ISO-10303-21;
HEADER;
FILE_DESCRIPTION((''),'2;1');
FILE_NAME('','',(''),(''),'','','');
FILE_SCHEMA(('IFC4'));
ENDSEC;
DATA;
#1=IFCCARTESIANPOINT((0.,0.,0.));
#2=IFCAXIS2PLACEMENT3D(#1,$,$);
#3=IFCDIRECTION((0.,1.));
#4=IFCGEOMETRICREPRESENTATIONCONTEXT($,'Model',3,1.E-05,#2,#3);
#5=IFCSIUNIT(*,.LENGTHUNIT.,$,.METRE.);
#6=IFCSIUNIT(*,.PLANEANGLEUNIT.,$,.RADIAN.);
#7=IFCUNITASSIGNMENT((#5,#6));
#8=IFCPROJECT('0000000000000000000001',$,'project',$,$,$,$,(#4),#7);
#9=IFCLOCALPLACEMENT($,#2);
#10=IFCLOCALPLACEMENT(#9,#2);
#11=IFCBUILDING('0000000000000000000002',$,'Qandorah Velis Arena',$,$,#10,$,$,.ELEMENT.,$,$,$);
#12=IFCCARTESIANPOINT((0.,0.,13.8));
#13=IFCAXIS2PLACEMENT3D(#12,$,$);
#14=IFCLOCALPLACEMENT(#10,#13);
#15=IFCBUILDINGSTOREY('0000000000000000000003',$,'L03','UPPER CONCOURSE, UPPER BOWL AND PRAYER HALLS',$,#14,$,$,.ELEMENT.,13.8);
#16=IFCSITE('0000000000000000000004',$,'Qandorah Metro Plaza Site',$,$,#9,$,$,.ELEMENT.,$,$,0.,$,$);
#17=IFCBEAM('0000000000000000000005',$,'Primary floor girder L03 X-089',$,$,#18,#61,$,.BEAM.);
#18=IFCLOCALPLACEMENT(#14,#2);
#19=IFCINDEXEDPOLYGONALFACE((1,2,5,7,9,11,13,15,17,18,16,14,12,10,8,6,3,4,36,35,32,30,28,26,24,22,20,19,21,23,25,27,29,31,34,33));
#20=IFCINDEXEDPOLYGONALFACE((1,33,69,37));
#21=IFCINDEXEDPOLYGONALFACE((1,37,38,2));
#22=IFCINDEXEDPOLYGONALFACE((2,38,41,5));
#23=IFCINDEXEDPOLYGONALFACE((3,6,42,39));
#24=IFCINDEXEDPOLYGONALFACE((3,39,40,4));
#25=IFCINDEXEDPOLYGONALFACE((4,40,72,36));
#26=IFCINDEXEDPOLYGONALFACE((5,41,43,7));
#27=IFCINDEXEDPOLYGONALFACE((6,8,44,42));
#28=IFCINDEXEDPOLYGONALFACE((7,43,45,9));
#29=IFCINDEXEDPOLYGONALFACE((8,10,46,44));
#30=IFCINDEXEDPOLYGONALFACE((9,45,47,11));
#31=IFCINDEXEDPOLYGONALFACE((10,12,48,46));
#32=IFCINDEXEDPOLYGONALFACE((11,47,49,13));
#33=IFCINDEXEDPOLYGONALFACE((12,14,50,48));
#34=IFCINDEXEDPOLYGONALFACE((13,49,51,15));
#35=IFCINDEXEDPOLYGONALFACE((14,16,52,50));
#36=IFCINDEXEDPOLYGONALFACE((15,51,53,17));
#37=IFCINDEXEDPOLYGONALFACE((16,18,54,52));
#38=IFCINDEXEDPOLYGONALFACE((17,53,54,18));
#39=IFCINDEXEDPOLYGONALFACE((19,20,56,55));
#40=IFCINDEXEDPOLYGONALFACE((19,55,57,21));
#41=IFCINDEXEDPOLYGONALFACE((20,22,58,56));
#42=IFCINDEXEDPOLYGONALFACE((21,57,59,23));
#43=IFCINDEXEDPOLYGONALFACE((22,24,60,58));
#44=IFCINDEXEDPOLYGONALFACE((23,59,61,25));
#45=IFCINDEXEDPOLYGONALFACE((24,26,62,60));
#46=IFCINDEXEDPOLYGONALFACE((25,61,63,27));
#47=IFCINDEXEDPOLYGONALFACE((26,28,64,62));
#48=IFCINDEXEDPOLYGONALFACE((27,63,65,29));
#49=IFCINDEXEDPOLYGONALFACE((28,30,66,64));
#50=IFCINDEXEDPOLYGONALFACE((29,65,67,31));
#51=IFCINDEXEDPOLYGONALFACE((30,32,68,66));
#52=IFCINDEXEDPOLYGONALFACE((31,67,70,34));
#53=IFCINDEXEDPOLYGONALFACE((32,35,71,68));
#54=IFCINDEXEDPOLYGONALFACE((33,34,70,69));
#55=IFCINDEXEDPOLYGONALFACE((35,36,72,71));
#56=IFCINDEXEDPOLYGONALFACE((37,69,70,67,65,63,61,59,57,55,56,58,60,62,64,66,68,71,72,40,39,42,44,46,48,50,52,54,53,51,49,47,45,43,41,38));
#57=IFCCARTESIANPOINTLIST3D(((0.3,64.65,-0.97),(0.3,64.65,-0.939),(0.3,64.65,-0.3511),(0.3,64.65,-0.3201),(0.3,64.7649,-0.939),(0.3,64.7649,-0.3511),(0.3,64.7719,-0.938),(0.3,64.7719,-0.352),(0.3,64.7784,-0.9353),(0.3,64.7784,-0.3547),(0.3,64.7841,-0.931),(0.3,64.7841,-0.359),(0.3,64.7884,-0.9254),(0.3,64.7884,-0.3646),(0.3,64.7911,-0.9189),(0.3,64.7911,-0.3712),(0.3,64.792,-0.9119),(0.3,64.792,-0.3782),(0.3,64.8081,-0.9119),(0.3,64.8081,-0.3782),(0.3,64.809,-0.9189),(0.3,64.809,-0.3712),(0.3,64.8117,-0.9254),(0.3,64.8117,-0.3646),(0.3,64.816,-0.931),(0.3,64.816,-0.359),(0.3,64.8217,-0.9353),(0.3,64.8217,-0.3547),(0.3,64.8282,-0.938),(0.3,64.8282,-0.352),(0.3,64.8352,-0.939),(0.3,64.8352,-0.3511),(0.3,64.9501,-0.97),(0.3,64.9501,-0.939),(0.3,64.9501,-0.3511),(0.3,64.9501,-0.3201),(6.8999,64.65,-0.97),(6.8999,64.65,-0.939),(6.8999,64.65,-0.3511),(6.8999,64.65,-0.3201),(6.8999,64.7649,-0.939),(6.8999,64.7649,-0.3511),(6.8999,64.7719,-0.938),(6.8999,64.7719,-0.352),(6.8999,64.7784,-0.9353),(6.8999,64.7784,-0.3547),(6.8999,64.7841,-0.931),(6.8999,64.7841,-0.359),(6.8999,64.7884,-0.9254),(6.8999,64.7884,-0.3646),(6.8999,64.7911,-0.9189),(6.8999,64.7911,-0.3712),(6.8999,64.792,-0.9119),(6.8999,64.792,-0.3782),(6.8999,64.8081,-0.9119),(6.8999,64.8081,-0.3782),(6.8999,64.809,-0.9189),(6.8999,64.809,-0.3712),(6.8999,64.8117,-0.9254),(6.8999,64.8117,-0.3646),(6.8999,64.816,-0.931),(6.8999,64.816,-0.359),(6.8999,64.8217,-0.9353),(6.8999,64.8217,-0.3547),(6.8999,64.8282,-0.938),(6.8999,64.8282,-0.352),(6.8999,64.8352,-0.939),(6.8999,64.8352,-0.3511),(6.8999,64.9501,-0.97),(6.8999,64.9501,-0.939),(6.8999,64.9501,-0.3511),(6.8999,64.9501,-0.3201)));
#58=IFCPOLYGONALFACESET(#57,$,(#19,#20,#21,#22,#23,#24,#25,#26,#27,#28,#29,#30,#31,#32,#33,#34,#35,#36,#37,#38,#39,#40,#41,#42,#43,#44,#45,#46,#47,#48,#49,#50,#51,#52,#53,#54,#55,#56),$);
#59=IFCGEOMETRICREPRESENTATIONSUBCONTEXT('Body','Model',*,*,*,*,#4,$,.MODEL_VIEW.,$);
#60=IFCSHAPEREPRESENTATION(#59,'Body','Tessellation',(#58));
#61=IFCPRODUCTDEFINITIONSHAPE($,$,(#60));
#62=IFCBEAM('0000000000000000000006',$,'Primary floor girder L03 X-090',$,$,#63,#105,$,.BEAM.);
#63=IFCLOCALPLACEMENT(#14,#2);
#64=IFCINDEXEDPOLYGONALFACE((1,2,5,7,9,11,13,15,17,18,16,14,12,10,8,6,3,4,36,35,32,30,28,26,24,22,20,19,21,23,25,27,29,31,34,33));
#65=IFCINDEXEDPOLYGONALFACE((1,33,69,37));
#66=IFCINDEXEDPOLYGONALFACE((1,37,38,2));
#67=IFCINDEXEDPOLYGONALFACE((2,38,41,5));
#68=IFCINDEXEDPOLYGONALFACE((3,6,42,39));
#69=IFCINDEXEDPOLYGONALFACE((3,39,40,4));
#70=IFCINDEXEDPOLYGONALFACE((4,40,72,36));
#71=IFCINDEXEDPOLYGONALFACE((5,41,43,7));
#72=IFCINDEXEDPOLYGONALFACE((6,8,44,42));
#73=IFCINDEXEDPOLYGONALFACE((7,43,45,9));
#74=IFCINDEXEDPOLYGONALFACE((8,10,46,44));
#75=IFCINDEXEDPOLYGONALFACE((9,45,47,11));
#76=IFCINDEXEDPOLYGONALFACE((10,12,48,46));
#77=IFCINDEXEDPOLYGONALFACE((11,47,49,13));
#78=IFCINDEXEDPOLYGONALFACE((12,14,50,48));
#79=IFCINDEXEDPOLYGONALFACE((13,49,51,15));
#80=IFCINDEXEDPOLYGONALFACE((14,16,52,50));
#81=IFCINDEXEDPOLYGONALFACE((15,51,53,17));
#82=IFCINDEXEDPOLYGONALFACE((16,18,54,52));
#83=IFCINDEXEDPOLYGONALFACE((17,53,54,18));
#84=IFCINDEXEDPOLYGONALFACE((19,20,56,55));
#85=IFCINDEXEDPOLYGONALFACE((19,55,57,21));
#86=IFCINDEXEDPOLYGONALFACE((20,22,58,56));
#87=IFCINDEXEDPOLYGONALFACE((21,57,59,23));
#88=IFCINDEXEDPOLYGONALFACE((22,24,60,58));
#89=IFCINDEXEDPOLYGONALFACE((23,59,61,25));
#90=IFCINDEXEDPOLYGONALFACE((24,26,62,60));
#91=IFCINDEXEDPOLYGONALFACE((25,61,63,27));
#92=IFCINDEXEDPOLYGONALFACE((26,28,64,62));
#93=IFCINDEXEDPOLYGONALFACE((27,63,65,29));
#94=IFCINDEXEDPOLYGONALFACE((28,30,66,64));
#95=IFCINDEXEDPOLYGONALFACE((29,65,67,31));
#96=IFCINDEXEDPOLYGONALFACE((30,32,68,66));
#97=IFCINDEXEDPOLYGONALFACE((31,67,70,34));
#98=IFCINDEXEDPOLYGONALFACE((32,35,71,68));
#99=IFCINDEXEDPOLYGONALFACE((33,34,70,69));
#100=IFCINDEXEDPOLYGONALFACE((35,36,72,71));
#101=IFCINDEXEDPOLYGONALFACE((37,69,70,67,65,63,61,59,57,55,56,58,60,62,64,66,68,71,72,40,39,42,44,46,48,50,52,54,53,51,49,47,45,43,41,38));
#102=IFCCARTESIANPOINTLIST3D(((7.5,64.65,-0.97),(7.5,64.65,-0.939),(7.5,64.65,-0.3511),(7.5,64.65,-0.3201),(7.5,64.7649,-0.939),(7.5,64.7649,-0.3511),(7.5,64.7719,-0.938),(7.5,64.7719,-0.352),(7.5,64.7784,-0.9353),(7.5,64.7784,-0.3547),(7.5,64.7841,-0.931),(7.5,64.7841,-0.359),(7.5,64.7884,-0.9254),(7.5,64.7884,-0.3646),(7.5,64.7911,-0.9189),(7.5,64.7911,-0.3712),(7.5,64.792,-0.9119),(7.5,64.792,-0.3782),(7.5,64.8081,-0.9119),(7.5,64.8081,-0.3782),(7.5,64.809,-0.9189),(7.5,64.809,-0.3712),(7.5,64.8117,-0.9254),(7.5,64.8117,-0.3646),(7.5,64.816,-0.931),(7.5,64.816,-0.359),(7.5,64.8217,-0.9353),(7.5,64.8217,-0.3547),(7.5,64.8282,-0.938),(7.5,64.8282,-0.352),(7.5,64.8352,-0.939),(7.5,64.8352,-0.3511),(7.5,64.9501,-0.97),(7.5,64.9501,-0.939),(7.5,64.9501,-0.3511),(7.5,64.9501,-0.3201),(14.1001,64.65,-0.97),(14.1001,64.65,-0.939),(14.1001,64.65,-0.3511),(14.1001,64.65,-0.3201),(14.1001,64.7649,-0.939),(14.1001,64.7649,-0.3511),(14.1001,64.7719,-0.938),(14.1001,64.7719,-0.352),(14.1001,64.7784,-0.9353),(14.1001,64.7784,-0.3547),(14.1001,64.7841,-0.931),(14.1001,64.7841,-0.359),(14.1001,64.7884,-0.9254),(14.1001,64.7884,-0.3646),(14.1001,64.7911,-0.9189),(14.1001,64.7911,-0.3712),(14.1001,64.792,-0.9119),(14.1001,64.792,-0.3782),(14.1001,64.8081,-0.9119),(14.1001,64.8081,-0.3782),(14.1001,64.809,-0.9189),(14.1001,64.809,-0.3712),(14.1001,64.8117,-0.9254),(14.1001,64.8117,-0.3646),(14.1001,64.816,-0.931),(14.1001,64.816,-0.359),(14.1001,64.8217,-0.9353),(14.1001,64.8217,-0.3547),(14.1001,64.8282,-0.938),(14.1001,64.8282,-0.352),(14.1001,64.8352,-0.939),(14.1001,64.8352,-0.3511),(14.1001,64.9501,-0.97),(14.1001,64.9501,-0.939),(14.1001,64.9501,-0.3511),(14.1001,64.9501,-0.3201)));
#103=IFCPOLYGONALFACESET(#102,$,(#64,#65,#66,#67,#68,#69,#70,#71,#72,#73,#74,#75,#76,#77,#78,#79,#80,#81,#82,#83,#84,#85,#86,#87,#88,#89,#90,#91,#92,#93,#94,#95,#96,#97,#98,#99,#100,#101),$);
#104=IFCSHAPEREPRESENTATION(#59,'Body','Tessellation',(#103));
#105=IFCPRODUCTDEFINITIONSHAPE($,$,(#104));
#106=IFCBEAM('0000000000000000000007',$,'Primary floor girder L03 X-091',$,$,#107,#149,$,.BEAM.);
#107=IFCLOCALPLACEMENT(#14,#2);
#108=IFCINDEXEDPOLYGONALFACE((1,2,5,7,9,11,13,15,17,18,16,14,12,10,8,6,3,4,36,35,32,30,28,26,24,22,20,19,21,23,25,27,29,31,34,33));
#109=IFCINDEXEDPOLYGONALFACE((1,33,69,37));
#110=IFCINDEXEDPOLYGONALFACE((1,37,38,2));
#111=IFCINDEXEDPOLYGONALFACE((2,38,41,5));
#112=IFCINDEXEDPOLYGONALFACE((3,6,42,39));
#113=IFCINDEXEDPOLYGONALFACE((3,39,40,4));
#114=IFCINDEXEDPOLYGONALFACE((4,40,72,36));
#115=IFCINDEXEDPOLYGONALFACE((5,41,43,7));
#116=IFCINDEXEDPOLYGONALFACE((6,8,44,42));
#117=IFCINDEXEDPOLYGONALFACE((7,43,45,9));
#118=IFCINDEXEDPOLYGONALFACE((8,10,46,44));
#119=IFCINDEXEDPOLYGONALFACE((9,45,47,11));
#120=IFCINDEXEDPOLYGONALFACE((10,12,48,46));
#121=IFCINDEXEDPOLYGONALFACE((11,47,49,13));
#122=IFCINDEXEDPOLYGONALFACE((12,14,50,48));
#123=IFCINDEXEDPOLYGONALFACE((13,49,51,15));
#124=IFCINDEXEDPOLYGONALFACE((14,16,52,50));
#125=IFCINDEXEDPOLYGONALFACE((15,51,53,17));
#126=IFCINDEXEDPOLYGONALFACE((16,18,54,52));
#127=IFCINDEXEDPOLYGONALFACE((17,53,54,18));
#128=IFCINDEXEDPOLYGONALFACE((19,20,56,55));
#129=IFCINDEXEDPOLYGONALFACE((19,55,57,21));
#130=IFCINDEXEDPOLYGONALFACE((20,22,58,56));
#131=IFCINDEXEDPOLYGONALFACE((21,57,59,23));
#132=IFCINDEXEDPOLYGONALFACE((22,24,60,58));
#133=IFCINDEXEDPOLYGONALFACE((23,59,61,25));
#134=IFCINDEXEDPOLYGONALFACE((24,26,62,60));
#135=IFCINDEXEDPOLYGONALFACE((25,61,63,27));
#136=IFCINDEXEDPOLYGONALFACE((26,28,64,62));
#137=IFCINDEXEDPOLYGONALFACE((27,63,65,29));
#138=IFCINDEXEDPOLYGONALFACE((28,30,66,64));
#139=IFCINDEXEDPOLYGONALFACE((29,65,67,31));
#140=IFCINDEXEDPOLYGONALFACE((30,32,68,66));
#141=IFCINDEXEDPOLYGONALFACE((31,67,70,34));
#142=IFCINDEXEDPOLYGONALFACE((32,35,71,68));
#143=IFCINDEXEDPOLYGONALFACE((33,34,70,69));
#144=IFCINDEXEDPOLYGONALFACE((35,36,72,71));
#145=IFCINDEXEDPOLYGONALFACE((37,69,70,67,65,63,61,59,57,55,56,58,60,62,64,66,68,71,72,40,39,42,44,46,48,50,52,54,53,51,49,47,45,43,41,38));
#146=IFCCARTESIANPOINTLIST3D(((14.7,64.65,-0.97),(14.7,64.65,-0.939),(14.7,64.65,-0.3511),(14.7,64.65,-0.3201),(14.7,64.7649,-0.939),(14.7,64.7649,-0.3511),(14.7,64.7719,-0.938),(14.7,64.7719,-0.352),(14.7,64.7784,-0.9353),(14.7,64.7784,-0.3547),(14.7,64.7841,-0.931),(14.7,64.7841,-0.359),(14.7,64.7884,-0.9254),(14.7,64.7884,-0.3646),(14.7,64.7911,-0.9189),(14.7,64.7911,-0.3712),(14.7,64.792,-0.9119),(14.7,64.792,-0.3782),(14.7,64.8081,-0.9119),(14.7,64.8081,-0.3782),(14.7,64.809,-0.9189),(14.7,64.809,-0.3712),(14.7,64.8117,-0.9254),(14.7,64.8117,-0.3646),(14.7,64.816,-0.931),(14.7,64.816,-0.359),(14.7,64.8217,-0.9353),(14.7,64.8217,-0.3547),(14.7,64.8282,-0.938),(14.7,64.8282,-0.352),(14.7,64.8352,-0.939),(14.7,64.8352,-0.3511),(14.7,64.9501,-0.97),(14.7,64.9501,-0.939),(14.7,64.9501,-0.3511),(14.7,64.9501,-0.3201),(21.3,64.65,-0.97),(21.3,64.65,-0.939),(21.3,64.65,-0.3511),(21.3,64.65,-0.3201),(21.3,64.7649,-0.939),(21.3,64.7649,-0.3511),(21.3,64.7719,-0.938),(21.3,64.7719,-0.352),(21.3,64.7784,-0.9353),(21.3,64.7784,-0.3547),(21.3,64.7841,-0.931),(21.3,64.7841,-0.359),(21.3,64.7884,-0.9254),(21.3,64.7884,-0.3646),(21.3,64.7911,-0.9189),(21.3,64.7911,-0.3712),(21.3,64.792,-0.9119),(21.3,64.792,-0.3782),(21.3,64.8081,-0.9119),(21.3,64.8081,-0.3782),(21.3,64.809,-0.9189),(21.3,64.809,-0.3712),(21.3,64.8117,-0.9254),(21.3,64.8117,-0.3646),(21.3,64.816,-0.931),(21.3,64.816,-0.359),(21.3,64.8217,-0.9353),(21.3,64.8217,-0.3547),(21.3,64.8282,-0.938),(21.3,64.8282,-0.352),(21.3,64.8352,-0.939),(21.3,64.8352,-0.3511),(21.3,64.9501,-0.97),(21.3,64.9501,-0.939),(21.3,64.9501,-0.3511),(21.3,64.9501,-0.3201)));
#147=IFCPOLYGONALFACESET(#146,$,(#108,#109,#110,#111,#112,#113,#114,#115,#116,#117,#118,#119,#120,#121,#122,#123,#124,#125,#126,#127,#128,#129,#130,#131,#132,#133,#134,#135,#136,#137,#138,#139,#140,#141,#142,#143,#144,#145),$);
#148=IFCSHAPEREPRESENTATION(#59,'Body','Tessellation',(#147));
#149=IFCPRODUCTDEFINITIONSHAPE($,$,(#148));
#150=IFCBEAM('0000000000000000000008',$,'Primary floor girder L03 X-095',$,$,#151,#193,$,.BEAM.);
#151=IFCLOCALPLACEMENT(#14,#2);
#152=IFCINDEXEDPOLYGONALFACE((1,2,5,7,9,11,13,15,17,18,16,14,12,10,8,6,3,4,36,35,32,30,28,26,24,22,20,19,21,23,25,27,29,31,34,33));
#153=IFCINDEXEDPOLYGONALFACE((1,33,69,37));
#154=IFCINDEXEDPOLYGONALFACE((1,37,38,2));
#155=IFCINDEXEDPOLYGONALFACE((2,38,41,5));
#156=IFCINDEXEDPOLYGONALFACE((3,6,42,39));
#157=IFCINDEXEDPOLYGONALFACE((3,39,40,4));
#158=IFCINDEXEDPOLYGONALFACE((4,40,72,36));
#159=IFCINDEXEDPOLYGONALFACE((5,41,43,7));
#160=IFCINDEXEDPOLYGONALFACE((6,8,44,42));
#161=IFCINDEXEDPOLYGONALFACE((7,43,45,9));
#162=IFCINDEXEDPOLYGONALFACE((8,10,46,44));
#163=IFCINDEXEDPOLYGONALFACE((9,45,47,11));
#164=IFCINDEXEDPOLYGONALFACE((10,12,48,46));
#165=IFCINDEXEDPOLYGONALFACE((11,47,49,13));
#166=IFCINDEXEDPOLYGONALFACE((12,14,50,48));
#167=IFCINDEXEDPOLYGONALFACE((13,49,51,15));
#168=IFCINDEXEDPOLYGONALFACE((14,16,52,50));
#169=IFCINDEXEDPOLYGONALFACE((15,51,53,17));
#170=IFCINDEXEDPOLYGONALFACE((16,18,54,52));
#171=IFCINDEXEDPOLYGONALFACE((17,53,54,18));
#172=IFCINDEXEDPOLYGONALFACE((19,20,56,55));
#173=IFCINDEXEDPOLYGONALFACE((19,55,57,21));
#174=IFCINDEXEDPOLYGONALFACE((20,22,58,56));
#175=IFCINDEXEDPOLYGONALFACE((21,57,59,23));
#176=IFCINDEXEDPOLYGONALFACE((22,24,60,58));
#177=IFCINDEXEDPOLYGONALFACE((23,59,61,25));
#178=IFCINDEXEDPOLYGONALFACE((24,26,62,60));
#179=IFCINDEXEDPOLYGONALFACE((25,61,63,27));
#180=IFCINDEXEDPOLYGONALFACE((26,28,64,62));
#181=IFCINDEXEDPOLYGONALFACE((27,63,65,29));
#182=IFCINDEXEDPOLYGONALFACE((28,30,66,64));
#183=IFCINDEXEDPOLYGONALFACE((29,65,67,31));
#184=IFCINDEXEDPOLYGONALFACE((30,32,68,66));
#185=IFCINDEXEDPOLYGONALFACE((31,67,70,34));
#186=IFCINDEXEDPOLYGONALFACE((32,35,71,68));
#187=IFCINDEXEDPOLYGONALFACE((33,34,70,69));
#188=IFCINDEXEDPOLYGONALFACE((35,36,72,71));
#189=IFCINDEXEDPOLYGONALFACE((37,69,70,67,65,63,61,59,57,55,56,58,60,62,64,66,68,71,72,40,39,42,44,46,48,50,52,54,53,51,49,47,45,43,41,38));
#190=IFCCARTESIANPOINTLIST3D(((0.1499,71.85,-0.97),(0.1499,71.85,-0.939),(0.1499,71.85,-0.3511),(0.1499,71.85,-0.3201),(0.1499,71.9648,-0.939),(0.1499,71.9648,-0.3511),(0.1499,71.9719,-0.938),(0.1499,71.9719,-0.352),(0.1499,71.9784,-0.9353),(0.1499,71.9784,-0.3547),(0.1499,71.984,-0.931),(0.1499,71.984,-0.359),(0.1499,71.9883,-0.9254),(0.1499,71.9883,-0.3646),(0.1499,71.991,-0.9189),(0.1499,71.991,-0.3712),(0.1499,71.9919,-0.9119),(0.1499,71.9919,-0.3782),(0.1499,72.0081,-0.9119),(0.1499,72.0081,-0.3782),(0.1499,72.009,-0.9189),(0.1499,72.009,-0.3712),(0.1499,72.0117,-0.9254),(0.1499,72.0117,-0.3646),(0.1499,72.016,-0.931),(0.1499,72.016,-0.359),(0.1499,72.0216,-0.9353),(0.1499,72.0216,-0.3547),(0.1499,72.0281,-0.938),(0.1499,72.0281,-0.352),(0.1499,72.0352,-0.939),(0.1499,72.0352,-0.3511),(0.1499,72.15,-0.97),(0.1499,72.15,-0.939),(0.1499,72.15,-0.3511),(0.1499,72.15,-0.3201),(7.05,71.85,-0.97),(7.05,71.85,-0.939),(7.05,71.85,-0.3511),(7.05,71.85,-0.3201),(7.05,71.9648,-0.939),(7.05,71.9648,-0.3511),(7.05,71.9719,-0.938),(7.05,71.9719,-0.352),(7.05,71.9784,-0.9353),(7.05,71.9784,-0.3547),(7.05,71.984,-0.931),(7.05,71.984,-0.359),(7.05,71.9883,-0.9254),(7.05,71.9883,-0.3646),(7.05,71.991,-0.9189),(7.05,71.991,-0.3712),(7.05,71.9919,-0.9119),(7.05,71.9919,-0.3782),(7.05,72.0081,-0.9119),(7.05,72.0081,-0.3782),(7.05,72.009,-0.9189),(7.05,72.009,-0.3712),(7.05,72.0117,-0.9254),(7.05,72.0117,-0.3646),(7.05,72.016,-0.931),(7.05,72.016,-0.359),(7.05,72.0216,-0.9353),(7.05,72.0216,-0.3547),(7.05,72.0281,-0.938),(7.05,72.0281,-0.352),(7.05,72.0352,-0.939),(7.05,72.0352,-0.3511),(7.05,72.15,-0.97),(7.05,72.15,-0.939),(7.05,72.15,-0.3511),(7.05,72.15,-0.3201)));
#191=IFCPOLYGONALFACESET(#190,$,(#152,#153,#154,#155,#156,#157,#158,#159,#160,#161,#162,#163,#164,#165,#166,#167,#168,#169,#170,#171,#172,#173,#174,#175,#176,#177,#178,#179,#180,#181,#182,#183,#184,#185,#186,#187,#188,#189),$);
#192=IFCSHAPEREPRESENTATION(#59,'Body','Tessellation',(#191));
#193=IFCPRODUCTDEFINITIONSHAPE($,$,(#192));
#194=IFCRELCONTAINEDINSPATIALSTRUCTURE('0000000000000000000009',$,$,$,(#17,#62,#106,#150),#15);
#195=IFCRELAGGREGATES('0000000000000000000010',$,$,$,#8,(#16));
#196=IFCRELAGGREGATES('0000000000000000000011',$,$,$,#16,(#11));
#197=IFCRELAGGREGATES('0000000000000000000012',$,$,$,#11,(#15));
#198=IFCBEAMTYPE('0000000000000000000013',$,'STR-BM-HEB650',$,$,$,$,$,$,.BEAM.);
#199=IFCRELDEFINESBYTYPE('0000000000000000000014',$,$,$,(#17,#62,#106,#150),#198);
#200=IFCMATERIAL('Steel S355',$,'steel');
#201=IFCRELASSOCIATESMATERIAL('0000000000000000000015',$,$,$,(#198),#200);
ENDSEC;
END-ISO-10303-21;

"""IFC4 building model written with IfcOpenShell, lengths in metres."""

from ifc_helpers import new_model, si_unit, direction, frame, origin, origin_2d, place, context, subcontext, project, spatial, i_section, extrude, material, material_profile, profile_set, type_object, element, save


model = new_model("IFC4")

# Units and contexts
model_context = context("Model", 3, precision=1e-05, world=origin(), true_north=direction((0.0, 1.0)))
body_context = subcontext(model_context, "Body", "Model", "MODEL_VIEW")
ifc_project = project(units=[si_unit("LENGTHUNIT", "METRE"), si_unit("PLANEANGLEUNIT", "RADIAN")], contexts=[model_context])

# Site, building, storey
site_placement = place(None, origin())
site = spatial("IfcSite", under=ifc_project, at=site_placement, Name="Qandorah Metro Plaza Site", CompositionType="ELEMENT", RefElevation=0.0)
building_placement = place(site_placement, origin())
building = spatial("IfcBuilding", under=site, at=building_placement, Name="Qandorah Velis Arena", CompositionType="ELEMENT")
storey_placement = place(building_placement, frame((0.0, 0.0, 13.8)))
storey = spatial("IfcBuildingStorey", under=building, at=storey_placement, Name="L03", Description="UPPER CONCOURSE, UPPER BOWL AND PRAYER HALLS", CompositionType="ELEMENT", Elevation=13.8)

# Beams
ifc_material_1 = material(Name="Steel S355", Category="steel")
ifc_material_profile_1 = material_profile(ifc_material_1, i_section(OverallWidth=0.3, OverallDepth=0.6499, WebThickness=0.0161, FlangeThickness=0.031, FilletRadius=0.0271, at=origin_2d()), Name="HEB 650")
ifc_profile_set_1 = profile_set([ifc_material_profile_1], Name="Steel S355")
beam_type_1 = type_object("IfcBeamType", Name="STR-BM-HEB650", PredefinedType="BEAM", material=ifc_profile_set_1)
beam_1_placement = place(storey_placement, frame((0.3, 64.8, -0.645), z_axis=(1.0, 0.0, 0.0), x_axis=(0.0, 1.0, 0.0)))
element("IfcBeam", 1, at=beam_1_placement, inside=storey, type_object=beam_type_1, Name="Primary floor girder L03 X-089", PredefinedType="BEAM", context=body_context, shape_type="SweptSolid", body=[
    extrude(i_section(OverallWidth=0.3, OverallDepth=0.6499, WebThickness=0.0161, FlangeThickness=0.031, FilletRadius=0.0271, at=origin_2d()), origin(), (0.0, 0.0, 1.0), 6.5999),
])
for number, where, z_axis, x_axis, name in (
    (2, (7.5, 64.8, -0.645), (1.0, 0.0, 0.0), (0.0, 1.0, 0.0), "Primary floor girder L03 X-090"),
    (3, (14.7, 64.8, -0.645), (1.0, 0.0, 0.0), (0.0, 1.0, 0.0), "Primary floor girder L03 X-091"),
):
    element("IfcBeam", number, at=place(storey_placement, frame(where, z_axis=z_axis, x_axis=x_axis)), inside=storey, type_object=beam_type_1, Name=name, PredefinedType="BEAM", context=body_context, shape_type="SweptSolid", body=[
        extrude(i_section(OverallWidth=0.3, OverallDepth=0.6499, WebThickness=0.0161, FlangeThickness=0.031, FilletRadius=0.0271, at=origin_2d()), origin(), (0.0, 0.0, 1.0), 6.6001),
    ])
beam_2_placement = place(storey_placement, frame((0.1499, 72.0, -0.645), z_axis=(1.0, 0.0, 0.0), x_axis=(0.0, 1.0, 0.0)))
element("IfcBeam", 4, at=beam_2_placement, inside=storey, type_object=beam_type_1, Name="Primary floor girder L03 X-095", PredefinedType="BEAM", context=body_context, shape_type="SweptSolid", body=[
    extrude(i_section(OverallWidth=0.3, OverallDepth=0.6499, WebThickness=0.0161, FlangeThickness=0.031, FilletRadius=0.0271, at=origin_2d()), origin(), (0.0, 0.0, 1.0), 6.9001),
])

save(model, "model.ifc")
